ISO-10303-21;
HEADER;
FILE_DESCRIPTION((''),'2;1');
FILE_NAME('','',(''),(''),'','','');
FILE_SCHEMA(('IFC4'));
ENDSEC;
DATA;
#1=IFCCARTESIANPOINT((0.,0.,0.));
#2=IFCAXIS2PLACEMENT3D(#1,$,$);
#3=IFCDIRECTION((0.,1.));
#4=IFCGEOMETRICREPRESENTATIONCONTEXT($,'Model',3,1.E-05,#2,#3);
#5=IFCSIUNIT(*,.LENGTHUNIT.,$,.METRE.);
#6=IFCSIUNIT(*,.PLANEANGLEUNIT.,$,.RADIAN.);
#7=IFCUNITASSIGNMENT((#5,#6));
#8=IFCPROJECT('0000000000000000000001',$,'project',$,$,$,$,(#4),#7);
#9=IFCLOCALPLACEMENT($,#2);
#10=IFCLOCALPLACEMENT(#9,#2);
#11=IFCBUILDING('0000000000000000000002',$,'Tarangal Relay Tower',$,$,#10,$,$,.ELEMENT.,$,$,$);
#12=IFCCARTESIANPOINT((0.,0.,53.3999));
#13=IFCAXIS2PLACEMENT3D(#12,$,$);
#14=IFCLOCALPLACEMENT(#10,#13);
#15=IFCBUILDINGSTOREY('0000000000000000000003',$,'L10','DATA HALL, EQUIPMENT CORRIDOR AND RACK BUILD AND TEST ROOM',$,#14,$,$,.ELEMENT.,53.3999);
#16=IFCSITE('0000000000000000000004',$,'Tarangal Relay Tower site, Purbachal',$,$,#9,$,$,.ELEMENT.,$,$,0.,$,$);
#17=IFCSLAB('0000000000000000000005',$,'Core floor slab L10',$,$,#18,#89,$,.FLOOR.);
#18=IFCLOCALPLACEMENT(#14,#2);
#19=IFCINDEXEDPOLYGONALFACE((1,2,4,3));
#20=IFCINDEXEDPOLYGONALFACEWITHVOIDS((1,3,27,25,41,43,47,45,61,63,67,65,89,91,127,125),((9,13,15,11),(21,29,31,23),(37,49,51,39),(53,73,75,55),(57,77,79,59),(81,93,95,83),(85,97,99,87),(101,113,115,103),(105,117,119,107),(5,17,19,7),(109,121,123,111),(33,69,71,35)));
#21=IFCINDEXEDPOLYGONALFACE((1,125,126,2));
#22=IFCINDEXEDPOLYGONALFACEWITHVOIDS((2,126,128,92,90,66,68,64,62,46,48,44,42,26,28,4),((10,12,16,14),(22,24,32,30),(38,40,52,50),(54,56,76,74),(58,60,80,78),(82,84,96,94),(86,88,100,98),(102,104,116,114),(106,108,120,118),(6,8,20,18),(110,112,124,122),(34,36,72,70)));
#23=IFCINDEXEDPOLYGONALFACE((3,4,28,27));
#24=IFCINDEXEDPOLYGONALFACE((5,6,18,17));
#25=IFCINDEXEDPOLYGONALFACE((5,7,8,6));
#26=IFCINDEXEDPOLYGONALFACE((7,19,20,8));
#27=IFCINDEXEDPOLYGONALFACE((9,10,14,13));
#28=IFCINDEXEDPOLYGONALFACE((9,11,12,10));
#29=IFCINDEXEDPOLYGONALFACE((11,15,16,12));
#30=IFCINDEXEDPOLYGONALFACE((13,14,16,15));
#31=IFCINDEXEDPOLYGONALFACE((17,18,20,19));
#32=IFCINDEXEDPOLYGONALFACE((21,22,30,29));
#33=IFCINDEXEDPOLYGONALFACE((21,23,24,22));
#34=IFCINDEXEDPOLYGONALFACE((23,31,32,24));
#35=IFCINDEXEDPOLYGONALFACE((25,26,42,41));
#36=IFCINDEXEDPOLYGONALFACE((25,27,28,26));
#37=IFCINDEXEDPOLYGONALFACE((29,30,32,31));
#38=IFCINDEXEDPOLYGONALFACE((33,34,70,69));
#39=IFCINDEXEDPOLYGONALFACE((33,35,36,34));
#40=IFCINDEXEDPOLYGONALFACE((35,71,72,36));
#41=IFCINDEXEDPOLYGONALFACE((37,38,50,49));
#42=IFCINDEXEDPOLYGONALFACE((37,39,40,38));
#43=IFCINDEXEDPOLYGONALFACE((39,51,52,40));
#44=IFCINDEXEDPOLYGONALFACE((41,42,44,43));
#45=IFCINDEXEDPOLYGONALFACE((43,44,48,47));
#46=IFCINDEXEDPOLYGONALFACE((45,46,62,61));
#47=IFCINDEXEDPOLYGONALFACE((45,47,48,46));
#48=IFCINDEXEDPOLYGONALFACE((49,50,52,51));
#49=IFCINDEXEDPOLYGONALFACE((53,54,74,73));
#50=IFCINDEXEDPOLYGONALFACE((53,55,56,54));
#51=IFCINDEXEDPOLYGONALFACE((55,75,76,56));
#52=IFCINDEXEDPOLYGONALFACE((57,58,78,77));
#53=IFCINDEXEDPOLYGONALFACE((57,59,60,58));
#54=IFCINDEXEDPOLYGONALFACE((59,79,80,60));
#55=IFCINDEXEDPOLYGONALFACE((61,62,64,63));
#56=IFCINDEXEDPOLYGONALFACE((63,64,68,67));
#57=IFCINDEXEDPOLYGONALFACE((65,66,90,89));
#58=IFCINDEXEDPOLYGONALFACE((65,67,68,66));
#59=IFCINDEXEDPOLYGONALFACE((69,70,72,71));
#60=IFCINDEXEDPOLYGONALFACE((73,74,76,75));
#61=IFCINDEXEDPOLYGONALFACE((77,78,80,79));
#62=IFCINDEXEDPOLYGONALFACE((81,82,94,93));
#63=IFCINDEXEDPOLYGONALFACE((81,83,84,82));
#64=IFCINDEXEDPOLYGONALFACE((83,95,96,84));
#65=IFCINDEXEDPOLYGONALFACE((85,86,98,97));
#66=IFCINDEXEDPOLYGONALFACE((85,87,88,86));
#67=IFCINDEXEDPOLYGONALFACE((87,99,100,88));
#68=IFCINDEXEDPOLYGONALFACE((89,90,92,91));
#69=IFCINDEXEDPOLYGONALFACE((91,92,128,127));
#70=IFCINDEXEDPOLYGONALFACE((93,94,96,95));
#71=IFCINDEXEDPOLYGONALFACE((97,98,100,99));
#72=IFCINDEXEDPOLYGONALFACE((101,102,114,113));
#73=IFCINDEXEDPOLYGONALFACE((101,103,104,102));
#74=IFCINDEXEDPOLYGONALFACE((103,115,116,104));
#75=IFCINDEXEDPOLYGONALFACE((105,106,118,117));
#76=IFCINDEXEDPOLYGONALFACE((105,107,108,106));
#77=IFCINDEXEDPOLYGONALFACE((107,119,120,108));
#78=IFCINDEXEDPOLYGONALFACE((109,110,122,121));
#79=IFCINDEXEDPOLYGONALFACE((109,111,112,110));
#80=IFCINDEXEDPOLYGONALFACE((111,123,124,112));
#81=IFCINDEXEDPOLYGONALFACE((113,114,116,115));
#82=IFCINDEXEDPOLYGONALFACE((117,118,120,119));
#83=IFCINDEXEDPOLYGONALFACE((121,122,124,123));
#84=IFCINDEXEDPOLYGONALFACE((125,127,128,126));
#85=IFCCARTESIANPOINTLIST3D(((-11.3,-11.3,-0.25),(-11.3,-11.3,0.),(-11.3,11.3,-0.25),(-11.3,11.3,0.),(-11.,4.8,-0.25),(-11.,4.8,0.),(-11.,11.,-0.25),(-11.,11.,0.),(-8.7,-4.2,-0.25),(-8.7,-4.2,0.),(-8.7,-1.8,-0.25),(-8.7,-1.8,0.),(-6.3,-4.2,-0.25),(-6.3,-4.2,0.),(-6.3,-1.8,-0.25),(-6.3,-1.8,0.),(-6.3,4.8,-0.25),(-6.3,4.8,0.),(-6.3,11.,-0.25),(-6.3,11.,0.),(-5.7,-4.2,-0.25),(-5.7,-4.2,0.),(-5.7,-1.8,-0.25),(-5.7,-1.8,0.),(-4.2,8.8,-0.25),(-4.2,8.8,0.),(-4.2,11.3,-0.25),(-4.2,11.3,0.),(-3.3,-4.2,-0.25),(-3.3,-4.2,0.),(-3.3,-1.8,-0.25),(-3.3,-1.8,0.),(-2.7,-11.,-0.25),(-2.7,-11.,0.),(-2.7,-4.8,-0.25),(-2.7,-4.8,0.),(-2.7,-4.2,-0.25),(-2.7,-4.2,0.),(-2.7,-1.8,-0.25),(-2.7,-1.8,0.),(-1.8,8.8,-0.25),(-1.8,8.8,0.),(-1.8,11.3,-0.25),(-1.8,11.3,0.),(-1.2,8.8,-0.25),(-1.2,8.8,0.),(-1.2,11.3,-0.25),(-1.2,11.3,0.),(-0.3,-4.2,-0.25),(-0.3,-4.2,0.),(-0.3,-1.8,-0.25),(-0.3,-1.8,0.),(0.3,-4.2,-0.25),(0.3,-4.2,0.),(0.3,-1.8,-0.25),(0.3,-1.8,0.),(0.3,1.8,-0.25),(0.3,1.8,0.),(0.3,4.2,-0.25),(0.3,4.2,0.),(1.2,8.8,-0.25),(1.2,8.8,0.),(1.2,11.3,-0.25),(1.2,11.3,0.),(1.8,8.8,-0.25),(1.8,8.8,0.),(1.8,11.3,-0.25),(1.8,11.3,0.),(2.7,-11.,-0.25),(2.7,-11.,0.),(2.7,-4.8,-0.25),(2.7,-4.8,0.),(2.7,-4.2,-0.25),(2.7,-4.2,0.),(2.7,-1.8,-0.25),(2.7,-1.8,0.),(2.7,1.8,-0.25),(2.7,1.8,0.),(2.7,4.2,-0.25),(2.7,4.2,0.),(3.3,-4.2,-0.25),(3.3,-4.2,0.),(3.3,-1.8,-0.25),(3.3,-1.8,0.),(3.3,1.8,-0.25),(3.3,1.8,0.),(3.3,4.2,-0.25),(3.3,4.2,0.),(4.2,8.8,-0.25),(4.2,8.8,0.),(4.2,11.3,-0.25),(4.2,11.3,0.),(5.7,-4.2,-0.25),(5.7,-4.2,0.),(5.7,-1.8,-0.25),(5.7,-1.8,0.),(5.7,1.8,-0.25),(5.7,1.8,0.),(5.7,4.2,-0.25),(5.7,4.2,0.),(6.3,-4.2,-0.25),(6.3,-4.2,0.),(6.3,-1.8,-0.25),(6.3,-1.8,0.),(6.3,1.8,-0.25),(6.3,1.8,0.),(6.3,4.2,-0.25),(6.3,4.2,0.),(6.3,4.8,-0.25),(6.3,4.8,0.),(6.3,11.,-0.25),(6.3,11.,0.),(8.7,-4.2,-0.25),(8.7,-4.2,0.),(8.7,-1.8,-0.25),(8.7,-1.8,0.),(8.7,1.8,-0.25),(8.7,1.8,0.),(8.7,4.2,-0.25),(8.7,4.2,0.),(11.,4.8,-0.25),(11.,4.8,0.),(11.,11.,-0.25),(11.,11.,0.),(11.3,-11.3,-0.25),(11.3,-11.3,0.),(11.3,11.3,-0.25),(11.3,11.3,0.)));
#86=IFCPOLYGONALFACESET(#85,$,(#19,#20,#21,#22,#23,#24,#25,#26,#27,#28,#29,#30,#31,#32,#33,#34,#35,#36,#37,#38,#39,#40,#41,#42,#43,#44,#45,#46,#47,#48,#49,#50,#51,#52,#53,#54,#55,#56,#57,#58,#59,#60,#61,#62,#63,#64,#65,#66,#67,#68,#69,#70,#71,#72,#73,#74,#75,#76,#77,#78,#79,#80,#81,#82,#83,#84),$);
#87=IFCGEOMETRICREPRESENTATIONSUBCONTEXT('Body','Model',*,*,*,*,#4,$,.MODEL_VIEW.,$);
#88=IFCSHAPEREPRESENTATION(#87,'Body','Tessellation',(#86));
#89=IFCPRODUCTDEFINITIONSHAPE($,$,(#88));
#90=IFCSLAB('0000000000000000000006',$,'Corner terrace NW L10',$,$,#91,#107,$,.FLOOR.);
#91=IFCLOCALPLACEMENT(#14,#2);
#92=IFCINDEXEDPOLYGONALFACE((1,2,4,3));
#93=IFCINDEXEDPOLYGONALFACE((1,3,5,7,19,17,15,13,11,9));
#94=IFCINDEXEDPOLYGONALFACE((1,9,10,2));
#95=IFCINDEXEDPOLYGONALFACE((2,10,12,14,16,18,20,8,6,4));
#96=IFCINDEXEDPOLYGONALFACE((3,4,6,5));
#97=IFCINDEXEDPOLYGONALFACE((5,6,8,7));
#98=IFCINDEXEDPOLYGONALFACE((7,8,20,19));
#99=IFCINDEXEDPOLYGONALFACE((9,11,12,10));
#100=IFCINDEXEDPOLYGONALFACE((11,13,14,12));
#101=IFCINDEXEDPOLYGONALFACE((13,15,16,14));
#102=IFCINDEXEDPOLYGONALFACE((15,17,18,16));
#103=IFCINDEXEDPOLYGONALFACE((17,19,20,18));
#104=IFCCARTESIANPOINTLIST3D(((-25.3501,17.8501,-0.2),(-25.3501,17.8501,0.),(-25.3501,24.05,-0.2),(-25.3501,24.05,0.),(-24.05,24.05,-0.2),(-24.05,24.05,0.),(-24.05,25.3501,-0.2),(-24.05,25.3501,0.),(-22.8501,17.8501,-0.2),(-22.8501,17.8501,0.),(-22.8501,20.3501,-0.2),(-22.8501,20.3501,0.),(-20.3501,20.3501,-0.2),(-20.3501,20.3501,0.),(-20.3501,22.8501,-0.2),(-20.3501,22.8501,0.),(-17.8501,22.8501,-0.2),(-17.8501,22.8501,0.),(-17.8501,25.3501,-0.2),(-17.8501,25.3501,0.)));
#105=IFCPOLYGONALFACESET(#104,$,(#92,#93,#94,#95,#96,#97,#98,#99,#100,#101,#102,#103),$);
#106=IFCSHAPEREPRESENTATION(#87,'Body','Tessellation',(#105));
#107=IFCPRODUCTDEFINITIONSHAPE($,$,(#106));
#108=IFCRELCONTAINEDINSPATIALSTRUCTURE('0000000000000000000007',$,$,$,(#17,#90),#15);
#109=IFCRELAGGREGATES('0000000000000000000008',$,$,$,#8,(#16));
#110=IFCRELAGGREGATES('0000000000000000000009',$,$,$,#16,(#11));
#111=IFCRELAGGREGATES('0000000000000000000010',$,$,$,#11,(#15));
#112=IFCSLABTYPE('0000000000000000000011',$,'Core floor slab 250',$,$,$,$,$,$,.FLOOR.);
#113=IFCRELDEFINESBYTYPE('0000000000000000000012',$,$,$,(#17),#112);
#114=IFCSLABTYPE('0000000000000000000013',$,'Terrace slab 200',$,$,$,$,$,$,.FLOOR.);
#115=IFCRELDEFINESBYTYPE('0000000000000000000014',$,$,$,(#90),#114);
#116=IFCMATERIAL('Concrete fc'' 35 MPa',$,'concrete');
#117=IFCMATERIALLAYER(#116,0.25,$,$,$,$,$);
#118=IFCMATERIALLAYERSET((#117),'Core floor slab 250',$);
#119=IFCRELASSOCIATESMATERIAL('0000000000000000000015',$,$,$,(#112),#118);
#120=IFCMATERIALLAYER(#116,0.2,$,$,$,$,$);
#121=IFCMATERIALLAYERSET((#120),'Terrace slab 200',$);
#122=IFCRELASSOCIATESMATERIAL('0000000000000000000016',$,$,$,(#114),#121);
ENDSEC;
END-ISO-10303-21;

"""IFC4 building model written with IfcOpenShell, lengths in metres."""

from ifc_helpers import new_model, si_unit, direction, frame, origin, place, context, subcontext, project, spatial, polyline, outline, extrude, material, layer, layer_set, type_object, element, save


model = new_model("IFC4")

# Units and contexts
model_context = context("Model", 3, precision=1e-05, world=origin(), true_north=direction((0.0, 1.0)))
body_context = subcontext(model_context, "Body", "Model", "MODEL_VIEW")
ifc_project = project(units=[si_unit("LENGTHUNIT", "METRE"), si_unit("PLANEANGLEUNIT", "RADIAN")], contexts=[model_context])

# Site, building, storey
site_placement = place(None, origin())
site = spatial("IfcSite", under=ifc_project, at=site_placement, Name="Tarangal Relay Tower site, Purbachal", CompositionType="ELEMENT", RefElevation=0.0)
building_placement = place(site_placement, origin())
building = spatial("IfcBuilding", under=site, at=building_placement, Name="Tarangal Relay Tower", CompositionType="ELEMENT")
storey_placement = place(building_placement, frame((0.0, 0.0, 53.3999)))
storey = spatial("IfcBuildingStorey", under=building, at=storey_placement, Name="L10", Description="DATA HALL, EQUIPMENT CORRIDOR AND RACK BUILD AND TEST ROOM", CompositionType="ELEMENT", Elevation=53.3999)

# Slabs
ifc_material_1 = material(Name="Concrete fc' 35 MPa", Category="concrete")
ifc_layer_1 = layer(ifc_material_1, 0.25)
ifc_layer_set_1 = layer_set([ifc_layer_1], Name="Core floor slab 250")
slab_type_1 = type_object("IfcSlabType", Name="Core floor slab 250", PredefinedType="FLOOR", material=ifc_layer_set_1)
slab_1_placement = place(storey_placement, frame((0.0, 0.0, -0.25)))
element("IfcSlab", 1, at=slab_1_placement, inside=storey, type_object=slab_type_1, Name="Core floor slab L10", PredefinedType="FLOOR", context=body_context, shape_type="SweptSolid", body=[
    extrude(outline(polyline([(11.3, 11.3), (11.3, -11.3), (-11.3, -11.3), (-11.3, 11.3), (-4.2, 11.3), (-4.2, 8.8), (-1.8, 8.8), (-1.8, 11.3), (-1.2, 11.3), (-1.2, 8.8), (1.2, 8.8), (1.2, 11.3), (1.8, 11.3), (1.8, 8.8), (4.2, 8.8), (4.2, 11.3), (11.3, 11.3)]), holes=[polyline([(2.7, -4.8), (-2.7, -4.8), (-2.7, -11.0), (2.7, -11.0), (2.7, -4.8)]), polyline([(-6.3, -4.2), (-6.3, -1.8), (-8.7, -1.8), (-8.7, -4.2), (-6.3, -4.2)]), polyline([(-3.3, -4.2), (-3.3, -1.8), (-5.7, -1.8), (-5.7, -4.2), (-3.3, -4.2)]), polyline([(-0.3, -4.2), (-0.3, -1.8), (-2.7, -1.8), (-2.7, -4.2), (-0.3, -4.2)]), polyline([(2.7, 1.8), (2.7, 4.2), (0.3, 4.2), (0.3, 1.8), (2.7, 1.8)]), polyline([(-6.3, 4.8), (-6.3, 11.0), (-11.0, 11.0), (-11.0, 4.8), (-6.3, 4.8)]), polyline([(2.7, -4.2), (2.7, -1.8), (0.3, -1.8), (0.3, -4.2), (2.7, -4.2)]), polyline([(5.7, -4.2), (5.7, -1.8), (3.3, -1.8), (3.3, -4.2), (5.7, -4.2)]), polyline([(8.7, -4.2), (8.7, -1.8), (6.3, -1.8), (6.3, -4.2), (8.7, -4.2)]), polyline([(5.7, 1.8), (5.7, 4.2), (3.3, 4.2), (3.3, 1.8), (5.7, 1.8)]), polyline([(8.7, 1.8), (8.7, 4.2), (6.3, 4.2), (6.3, 1.8), (8.7, 1.8)]), polyline([(11.0, 4.8), (11.0, 11.0), (6.3, 11.0), (6.3, 4.8), (11.0, 4.8)])]), origin(), (0.0, 0.0, 1.0), 0.25),
])
ifc_layer_2 = layer(ifc_material_1, 0.2)
ifc_layer_set_2 = layer_set([ifc_layer_2], Name="Terrace slab 200")
slab_type_2 = type_object("IfcSlabType", Name="Terrace slab 200", PredefinedType="FLOOR", material=ifc_layer_set_2)
slab_2_placement = place(storey_placement, frame((0.0, 0.0, -0.2)))
element("IfcSlab", 2, at=slab_2_placement, inside=storey, type_object=slab_type_2, Name="Corner terrace NW L10", PredefinedType="FLOOR", context=body_context, shape_type="SweptSolid", body=[
    extrude(outline(polyline([(-25.3501, 17.8501), (-22.8501, 17.8501), (-22.8501, 20.3501), (-20.3501, 20.3501), (-20.3501, 22.8501), (-17.8501, 22.8501), (-17.8501, 25.3501), (-24.05, 25.3501), (-24.05, 24.05), (-25.3501, 24.05), (-25.3501, 17.8501)])), origin(), (0.0, 0.0, 1.0), 0.2),
])

save(model, "model.ifc")
